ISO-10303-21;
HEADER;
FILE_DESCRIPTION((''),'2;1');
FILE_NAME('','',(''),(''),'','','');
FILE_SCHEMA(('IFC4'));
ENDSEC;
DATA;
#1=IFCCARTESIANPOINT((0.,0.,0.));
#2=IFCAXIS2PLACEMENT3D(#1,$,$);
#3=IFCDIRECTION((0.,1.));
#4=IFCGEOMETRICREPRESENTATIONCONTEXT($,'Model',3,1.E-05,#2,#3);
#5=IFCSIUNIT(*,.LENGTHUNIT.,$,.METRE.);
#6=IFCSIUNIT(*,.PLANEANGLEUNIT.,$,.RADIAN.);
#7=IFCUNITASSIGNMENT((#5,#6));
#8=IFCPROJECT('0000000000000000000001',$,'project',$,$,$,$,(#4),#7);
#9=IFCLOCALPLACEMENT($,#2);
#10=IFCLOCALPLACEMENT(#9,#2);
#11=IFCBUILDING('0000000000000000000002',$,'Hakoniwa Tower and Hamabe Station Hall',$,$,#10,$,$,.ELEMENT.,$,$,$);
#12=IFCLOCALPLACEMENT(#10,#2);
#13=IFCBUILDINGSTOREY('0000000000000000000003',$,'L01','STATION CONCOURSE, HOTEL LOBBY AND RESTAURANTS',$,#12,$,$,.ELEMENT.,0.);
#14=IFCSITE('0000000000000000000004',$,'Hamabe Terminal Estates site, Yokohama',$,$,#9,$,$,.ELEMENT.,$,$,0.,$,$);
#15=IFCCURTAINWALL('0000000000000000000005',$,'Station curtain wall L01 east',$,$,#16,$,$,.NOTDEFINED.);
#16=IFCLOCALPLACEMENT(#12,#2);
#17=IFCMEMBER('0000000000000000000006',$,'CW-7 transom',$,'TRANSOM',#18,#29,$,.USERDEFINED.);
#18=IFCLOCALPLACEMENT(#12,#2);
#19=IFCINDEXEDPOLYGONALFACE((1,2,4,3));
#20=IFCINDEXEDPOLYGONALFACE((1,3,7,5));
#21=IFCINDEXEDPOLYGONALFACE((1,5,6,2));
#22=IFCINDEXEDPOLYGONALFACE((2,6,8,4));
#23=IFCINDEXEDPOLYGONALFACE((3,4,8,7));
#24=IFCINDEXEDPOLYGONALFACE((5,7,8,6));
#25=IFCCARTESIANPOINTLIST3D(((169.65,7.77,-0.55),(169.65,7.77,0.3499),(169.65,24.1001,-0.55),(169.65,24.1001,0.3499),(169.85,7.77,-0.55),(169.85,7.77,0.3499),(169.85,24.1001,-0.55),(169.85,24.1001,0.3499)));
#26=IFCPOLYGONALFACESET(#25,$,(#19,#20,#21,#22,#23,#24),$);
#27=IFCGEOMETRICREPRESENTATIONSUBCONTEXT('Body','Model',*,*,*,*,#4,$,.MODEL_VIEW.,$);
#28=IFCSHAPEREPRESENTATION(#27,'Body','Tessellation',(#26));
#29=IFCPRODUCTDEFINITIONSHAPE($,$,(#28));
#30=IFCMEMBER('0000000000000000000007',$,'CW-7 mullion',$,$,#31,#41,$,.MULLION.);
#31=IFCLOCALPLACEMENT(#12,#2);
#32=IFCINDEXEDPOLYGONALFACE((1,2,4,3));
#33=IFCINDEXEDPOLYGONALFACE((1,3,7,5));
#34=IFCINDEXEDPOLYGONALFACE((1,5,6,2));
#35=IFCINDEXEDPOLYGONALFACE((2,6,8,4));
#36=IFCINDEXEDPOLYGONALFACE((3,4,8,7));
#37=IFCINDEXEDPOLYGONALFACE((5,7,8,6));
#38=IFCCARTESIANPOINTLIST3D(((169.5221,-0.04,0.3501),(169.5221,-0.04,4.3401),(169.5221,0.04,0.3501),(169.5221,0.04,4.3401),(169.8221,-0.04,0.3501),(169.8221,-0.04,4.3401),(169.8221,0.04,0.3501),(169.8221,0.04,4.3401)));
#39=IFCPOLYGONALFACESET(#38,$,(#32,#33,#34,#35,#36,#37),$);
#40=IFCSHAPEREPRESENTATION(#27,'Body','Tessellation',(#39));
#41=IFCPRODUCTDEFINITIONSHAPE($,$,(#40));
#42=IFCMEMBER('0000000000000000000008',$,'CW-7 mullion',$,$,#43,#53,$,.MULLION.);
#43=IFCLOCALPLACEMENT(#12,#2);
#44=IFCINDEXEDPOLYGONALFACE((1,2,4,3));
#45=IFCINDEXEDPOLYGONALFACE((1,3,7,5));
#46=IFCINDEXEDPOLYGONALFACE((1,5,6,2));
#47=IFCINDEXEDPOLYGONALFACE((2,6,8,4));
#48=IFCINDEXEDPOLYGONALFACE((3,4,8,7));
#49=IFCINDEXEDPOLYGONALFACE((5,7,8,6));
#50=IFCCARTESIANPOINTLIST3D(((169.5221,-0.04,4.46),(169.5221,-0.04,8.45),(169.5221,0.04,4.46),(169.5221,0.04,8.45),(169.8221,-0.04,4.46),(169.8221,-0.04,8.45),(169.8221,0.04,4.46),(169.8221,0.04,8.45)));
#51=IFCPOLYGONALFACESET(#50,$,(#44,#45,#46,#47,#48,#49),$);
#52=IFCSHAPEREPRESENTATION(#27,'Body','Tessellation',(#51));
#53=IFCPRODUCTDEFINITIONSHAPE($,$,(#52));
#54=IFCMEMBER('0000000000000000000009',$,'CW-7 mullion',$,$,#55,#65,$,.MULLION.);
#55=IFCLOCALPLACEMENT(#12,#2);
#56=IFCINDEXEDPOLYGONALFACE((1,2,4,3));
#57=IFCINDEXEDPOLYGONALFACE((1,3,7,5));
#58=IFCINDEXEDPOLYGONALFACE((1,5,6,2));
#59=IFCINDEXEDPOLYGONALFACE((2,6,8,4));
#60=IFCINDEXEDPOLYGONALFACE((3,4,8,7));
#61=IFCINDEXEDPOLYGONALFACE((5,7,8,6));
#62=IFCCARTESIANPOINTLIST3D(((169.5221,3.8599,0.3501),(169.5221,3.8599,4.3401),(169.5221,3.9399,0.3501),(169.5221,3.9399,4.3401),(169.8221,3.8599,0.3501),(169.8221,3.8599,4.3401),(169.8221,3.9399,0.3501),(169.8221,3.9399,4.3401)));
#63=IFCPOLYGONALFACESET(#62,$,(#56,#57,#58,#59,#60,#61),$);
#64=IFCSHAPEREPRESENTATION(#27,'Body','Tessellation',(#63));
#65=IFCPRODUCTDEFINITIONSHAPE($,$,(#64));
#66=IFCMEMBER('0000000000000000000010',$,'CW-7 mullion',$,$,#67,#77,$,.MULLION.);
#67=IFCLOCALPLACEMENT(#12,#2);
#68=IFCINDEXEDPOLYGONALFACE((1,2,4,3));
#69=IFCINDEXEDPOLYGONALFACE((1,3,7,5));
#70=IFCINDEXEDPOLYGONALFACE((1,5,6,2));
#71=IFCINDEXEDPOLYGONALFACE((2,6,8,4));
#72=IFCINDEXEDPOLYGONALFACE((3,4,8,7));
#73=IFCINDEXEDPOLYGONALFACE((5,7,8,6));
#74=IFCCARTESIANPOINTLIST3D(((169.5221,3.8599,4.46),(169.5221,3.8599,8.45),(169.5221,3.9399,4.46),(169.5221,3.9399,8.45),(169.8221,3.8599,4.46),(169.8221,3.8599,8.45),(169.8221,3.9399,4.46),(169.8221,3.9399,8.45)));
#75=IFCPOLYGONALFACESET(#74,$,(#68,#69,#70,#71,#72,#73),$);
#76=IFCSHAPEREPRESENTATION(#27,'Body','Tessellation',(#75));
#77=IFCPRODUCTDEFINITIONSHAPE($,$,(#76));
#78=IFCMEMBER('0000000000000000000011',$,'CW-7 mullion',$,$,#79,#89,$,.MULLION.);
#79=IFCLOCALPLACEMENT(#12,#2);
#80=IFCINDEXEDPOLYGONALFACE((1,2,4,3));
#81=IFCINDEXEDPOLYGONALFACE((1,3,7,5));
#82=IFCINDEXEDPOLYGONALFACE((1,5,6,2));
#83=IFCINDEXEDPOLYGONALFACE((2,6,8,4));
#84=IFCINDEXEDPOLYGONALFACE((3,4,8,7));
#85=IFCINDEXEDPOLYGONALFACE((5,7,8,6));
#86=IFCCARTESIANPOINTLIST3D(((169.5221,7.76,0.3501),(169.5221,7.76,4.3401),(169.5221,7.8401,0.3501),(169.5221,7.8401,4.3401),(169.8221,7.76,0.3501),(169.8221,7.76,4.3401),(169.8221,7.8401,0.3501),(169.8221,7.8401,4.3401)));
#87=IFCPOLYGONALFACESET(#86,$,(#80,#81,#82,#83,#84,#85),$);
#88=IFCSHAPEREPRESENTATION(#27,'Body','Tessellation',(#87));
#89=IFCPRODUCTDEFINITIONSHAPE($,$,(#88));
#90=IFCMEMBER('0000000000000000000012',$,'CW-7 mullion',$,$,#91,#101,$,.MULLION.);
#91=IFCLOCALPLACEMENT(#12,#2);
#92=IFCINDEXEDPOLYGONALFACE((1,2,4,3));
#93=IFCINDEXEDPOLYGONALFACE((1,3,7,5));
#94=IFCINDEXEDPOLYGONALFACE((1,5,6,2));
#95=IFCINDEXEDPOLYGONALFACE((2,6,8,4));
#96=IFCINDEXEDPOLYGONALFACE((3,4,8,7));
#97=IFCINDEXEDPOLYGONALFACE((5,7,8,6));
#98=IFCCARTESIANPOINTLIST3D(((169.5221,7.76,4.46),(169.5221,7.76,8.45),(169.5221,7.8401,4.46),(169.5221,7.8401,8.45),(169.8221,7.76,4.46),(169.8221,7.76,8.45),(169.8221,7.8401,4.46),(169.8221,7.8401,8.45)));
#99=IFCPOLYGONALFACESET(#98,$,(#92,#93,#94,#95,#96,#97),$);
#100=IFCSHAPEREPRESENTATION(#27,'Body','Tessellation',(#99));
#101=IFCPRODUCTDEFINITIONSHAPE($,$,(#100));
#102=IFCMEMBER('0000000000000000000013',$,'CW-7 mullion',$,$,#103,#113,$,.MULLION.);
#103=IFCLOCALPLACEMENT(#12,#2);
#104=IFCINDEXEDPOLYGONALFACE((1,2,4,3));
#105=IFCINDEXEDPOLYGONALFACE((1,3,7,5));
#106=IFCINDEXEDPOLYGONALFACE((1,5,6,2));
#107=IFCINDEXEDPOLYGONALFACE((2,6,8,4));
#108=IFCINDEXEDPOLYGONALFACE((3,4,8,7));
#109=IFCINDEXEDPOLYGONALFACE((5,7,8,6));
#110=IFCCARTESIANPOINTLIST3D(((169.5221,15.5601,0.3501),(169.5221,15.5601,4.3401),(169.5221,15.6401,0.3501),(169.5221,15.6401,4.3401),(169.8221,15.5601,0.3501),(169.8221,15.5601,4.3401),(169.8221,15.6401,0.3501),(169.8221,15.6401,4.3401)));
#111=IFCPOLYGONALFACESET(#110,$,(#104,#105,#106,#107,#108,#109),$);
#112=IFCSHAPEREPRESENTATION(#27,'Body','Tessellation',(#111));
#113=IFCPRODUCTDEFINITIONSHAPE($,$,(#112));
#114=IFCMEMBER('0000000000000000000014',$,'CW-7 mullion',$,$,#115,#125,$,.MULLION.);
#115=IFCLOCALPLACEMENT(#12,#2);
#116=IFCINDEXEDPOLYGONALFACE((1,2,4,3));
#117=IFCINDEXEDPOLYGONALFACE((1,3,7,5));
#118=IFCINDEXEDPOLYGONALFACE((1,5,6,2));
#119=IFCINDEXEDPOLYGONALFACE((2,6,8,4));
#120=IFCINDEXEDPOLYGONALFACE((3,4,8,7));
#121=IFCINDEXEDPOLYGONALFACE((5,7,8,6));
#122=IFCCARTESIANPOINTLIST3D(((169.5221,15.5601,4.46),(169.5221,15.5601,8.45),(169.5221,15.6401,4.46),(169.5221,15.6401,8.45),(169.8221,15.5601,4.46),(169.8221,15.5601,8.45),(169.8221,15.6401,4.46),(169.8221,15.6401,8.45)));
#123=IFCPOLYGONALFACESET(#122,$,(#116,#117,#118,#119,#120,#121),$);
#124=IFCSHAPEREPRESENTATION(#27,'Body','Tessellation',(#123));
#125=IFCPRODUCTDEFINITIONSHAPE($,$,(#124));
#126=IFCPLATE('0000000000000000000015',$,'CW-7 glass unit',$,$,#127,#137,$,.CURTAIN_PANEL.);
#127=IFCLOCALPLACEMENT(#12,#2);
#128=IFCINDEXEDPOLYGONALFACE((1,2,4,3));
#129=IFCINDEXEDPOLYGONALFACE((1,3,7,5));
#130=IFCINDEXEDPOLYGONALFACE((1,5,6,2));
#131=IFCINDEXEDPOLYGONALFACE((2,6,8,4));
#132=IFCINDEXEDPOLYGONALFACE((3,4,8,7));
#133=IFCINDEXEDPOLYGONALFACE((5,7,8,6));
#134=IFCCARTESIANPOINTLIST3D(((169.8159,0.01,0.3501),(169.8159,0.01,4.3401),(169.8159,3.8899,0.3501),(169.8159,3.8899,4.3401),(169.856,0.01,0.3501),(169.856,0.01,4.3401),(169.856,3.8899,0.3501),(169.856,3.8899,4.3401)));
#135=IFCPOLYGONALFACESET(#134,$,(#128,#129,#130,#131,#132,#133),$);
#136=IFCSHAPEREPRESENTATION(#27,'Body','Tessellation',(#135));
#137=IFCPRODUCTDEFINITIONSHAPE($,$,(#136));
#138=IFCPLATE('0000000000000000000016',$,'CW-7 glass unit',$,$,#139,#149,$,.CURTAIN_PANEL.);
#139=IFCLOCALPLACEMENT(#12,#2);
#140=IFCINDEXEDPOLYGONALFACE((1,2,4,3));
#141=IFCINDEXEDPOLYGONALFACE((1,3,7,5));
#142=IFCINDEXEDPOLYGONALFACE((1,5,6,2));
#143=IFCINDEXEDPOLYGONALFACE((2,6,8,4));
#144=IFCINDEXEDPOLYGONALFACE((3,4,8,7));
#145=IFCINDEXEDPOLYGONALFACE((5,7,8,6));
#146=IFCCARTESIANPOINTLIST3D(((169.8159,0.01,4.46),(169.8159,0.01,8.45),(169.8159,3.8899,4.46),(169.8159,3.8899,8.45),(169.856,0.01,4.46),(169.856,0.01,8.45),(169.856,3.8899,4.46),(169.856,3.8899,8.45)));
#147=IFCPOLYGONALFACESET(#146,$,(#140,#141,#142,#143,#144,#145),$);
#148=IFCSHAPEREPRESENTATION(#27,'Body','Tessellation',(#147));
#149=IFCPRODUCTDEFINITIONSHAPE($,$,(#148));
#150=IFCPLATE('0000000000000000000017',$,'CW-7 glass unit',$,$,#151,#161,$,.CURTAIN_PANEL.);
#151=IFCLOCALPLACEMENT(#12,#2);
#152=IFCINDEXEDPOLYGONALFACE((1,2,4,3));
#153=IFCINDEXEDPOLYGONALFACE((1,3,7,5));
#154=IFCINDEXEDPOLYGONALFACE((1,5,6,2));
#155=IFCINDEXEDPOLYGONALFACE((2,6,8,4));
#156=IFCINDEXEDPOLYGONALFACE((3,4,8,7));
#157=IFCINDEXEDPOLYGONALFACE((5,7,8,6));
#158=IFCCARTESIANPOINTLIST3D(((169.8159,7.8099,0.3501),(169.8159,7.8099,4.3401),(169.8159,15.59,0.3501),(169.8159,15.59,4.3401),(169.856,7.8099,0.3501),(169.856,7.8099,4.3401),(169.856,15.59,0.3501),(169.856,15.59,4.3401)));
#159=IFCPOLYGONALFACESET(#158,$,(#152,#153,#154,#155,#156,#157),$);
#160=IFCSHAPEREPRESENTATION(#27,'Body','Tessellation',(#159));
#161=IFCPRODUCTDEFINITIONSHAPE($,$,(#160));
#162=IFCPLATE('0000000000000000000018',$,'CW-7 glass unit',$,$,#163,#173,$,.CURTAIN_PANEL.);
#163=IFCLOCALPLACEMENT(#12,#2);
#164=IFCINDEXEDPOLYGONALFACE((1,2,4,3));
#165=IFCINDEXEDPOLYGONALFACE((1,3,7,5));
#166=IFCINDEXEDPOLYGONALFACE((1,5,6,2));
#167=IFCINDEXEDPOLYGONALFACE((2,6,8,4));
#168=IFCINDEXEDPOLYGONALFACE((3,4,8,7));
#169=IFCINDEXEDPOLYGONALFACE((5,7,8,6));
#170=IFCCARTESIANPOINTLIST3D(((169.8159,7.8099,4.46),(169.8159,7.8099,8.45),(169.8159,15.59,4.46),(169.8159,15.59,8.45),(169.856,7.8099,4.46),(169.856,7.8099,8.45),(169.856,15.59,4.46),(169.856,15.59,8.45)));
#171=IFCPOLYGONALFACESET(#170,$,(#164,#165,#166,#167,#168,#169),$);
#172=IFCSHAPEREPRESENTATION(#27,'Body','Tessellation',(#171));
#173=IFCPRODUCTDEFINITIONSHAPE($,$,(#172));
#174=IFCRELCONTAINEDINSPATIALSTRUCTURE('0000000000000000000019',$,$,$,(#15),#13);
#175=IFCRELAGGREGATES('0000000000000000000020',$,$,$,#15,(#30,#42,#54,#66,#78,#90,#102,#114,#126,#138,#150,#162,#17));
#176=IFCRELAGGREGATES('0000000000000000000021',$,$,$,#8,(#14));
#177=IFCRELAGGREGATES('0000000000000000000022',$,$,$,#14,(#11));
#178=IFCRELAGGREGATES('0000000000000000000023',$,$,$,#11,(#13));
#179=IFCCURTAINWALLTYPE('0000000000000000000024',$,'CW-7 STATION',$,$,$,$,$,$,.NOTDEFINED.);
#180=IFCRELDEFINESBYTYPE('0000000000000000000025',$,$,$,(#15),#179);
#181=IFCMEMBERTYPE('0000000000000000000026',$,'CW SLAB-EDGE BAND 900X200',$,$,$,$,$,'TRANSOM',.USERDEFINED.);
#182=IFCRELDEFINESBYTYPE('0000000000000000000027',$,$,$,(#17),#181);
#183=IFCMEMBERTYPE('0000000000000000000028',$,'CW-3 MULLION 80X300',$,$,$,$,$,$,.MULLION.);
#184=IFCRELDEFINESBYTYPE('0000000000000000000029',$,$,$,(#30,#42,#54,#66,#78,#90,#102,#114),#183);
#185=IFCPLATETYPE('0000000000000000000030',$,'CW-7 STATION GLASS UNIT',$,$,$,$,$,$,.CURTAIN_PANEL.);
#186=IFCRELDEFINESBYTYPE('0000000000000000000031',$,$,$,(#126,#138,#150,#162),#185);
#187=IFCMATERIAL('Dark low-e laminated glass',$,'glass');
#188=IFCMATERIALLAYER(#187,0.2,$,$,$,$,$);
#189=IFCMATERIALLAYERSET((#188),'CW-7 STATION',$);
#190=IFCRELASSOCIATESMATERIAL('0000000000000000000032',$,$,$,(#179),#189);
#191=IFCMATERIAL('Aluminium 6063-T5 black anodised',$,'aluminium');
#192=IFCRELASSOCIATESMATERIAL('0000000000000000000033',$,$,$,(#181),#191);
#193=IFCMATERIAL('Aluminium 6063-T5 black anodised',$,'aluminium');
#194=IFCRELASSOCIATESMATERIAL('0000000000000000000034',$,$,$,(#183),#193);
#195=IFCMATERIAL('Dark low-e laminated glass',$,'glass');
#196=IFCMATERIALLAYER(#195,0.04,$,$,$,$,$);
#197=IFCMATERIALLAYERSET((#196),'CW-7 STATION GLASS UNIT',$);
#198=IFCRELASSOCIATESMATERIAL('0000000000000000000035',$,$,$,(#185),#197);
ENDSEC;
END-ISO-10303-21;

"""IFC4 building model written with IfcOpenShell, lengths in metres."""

from ifc_helpers import new_model, si_unit, direction, frame, origin, origin_2d, place, context, subcontext, project, spatial, rectangle, extrude, material, layer, layer_set, material_profile, profile_set, type_object, element, aggregate, save


model = new_model("IFC4")

# Units and contexts
model_context = context("Model", 3, precision=1e-05, world=origin(), true_north=direction((0.0, 1.0)))
body_context = subcontext(model_context, "Body", "Model", "MODEL_VIEW")
ifc_project = project(units=[si_unit("LENGTHUNIT", "METRE"), si_unit("PLANEANGLEUNIT", "RADIAN")], contexts=[model_context])

# Site, building, storey
site_placement = place(None, origin())
site = spatial("IfcSite", under=ifc_project, at=site_placement, Name="Hamabe Terminal Estates site, Yokohama", CompositionType="ELEMENT", RefElevation=0.0)
building_placement = place(site_placement, origin())
building = spatial("IfcBuilding", under=site, at=building_placement, Name="Hakoniwa Tower and Hamabe Station Hall", CompositionType="ELEMENT")
storey_placement = place(building_placement, origin())
storey = spatial("IfcBuildingStorey", under=building, at=storey_placement, Name="L01", Description="STATION CONCOURSE, HOTEL LOBBY AND RESTAURANTS", CompositionType="ELEMENT", Elevation=0.0)

# Curtain wall, members, plates
ifc_material_1 = material(Name="Dark low-e laminated glass", Category="glass")
ifc_layer_1 = layer(ifc_material_1, 0.2)
ifc_layer_set_1 = layer_set([ifc_layer_1], Name="CW-7 STATION")
curtain_wall_type = type_object("IfcCurtainWallType", Name="CW-7 STATION", PredefinedType="NOTDEFINED", material=ifc_layer_set_1)
curtain_wall_placement = place(storey_placement, origin())
curtain_wall = element("IfcCurtainWall", 1, at=curtain_wall_placement, inside=storey, type_object=curtain_wall_type, Name="Station curtain wall L01 east", PredefinedType="NOTDEFINED")
ifc_material_2 = material(Name="Aluminium 6063-T5 black anodised", Category="aluminium")
ifc_material_profile_1 = material_profile(ifc_material_2, rectangle(XDim=0.2, YDim=0.8999, at=origin_2d()), Name="CW SLAB-EDGE BAND 900X200")
ifc_profile_set_1 = profile_set([ifc_material_profile_1], Name="Aluminium 6063-T5 black anodised")
member_type_1 = type_object("IfcMemberType", Name="CW SLAB-EDGE BAND 900X200", ElementType="TRANSOM", PredefinedType="USERDEFINED", material=ifc_profile_set_1)
member_1_placement = place(storey_placement, frame((169.75, 7.77, -0.1001), z_axis=(0.0, 1.0, 0.0), x_axis=(-1.0, 0.0, 0.0)))
member_1 = element("IfcMember", 2, at=member_1_placement, type_object=member_type_1, Name="CW-7 transom", ObjectType="TRANSOM", PredefinedType="USERDEFINED", context=body_context, shape_type="SweptSolid", body=[
    extrude(rectangle(XDim=0.2, YDim=0.8999, at=origin_2d()), origin(), (0.0, 0.0, 1.0), 16.3301),
])
ifc_material_3 = material(Name="Aluminium 6063-T5 black anodised", Category="aluminium")
ifc_material_profile_2 = material_profile(ifc_material_3, rectangle(XDim=0.0801, YDim=0.3, at=origin_2d()), Name="CW-3 MULLION 80X300")
ifc_profile_set_2 = profile_set([ifc_material_profile_2], Name="Aluminium 6063-T5 black anodised")
member_type_2 = type_object("IfcMemberType", Name="CW-3 MULLION 80X300", PredefinedType="MULLION", material=ifc_profile_set_2)
member_2_placement = place(storey_placement, frame((169.6721, 0.0, 0.3501), z_axis=(0.0, 0.0, 1.0), x_axis=(0.0, 1.0, 0.0)))
member_2 = element("IfcMember", 3, at=member_2_placement, type_object=member_type_2, Name="CW-7 mullion", PredefinedType="MULLION", context=body_context, shape_type="SweptSolid", body=[
    extrude(rectangle(XDim=0.0801, YDim=0.3, at=origin_2d()), origin(), (0.0, 0.0, 1.0), 3.99),
])
member_3_placement = place(storey_placement, frame((169.6721, 0.0, 4.46), z_axis=(0.0, 0.0, 1.0), x_axis=(0.0, 1.0, 0.0)))
member_3 = element("IfcMember", 4, at=member_3_placement, type_object=member_type_2, Name="CW-7 mullion", PredefinedType="MULLION", context=body_context, shape_type="SweptSolid", body=[
    extrude(rectangle(XDim=0.0801, YDim=0.3, at=origin_2d()), origin(), (0.0, 0.0, 1.0), 3.99),
])
member_4_placement = place(storey_placement, frame((169.6721, 3.8999, 0.3501), z_axis=(0.0, 0.0, 1.0), x_axis=(0.0, 1.0, 0.0)))
member_4 = element("IfcMember", 5, at=member_4_placement, type_object=member_type_2, Name="CW-7 mullion", PredefinedType="MULLION", context=body_context, shape_type="SweptSolid", body=[
    extrude(rectangle(XDim=0.0801, YDim=0.3, at=origin_2d()), origin(), (0.0, 0.0, 1.0), 3.99),
])
member_5_placement = place(storey_placement, frame((169.6721, 3.8999, 4.46), z_axis=(0.0, 0.0, 1.0), x_axis=(0.0, 1.0, 0.0)))
member_5 = element("IfcMember", 6, at=member_5_placement, type_object=member_type_2, Name="CW-7 mullion", PredefinedType="MULLION", context=body_context, shape_type="SweptSolid", body=[
    extrude(rectangle(XDim=0.0801, YDim=0.3, at=origin_2d()), origin(), (0.0, 0.0, 1.0), 3.99),
])
member_6_placement = place(storey_placement, frame((169.6721, 7.8, 0.3501), z_axis=(0.0, 0.0, 1.0), x_axis=(0.0, 1.0, 0.0)))
member_6 = element("IfcMember", 7, at=member_6_placement, type_object=member_type_2, Name="CW-7 mullion", PredefinedType="MULLION", context=body_context, shape_type="SweptSolid", body=[
    extrude(rectangle(XDim=0.0801, YDim=0.3, at=origin_2d()), origin(), (0.0, 0.0, 1.0), 3.99),
])
member_7_placement = place(storey_placement, frame((169.6721, 7.8, 4.46), z_axis=(0.0, 0.0, 1.0), x_axis=(0.0, 1.0, 0.0)))
member_7 = element("IfcMember", 8, at=member_7_placement, type_object=member_type_2, Name="CW-7 mullion", PredefinedType="MULLION", context=body_context, shape_type="SweptSolid", body=[
    extrude(rectangle(XDim=0.0801, YDim=0.3, at=origin_2d()), origin(), (0.0, 0.0, 1.0), 3.99),
])
member_8_placement = place(storey_placement, frame((169.6721, 15.6001, 0.3501), z_axis=(0.0, 0.0, 1.0), x_axis=(0.0, 1.0, 0.0)))
member_8 = element("IfcMember", 9, at=member_8_placement, type_object=member_type_2, Name="CW-7 mullion", PredefinedType="MULLION", context=body_context, shape_type="SweptSolid", body=[
    extrude(rectangle(XDim=0.0801, YDim=0.3, at=origin_2d()), origin(), (0.0, 0.0, 1.0), 3.99),
])
member_9_placement = place(storey_placement, frame((169.6721, 15.6001, 4.46), z_axis=(0.0, 0.0, 1.0), x_axis=(0.0, 1.0, 0.0)))
member_9 = element("IfcMember", 10, at=member_9_placement, type_object=member_type_2, Name="CW-7 mullion", PredefinedType="MULLION", context=body_context, shape_type="SweptSolid", body=[
    extrude(rectangle(XDim=0.0801, YDim=0.3, at=origin_2d()), origin(), (0.0, 0.0, 1.0), 3.99),
])
ifc_material_4 = material(Name="Dark low-e laminated glass", Category="glass")
ifc_layer_2 = layer(ifc_material_4, 0.04)
ifc_layer_set_2 = layer_set([ifc_layer_2], Name="CW-7 STATION GLASS UNIT")
plate_type = type_object("IfcPlateType", Name="CW-7 STATION GLASS UNIT", PredefinedType="CURTAIN_PANEL", material=ifc_layer_set_2)
plate_1_placement = place(storey_placement, frame((169.8359, 1.95, 0.3501), z_axis=(0.0, 0.0, 1.0), x_axis=(0.0, 1.0, 0.0)))
plate_1 = element("IfcPlate", 11, at=plate_1_placement, type_object=plate_type, Name="CW-7 glass unit", PredefinedType="CURTAIN_PANEL", context=body_context, shape_type="SweptSolid", body=[
    extrude(rectangle(XDim=3.8799, YDim=0.04, at=origin_2d()), origin(), (0.0, 0.0, 1.0), 3.99),
])
plate_2_placement = place(storey_placement, frame((169.8359, 1.95, 4.46), z_axis=(0.0, 0.0, 1.0), x_axis=(0.0, 1.0, 0.0)))
plate_2 = element("IfcPlate", 12, at=plate_2_placement, type_object=plate_type, Name="CW-7 glass unit", PredefinedType="CURTAIN_PANEL", context=body_context, shape_type="SweptSolid", body=[
    extrude(rectangle(XDim=3.8799, YDim=0.04, at=origin_2d()), origin(), (0.0, 0.0, 1.0), 3.99),
])
plate_3_placement = place(storey_placement, frame((169.8359, 11.7, 0.3501), z_axis=(0.0, 0.0, 1.0), x_axis=(0.0, 1.0, 0.0)))
plate_3 = element("IfcPlate", 13, at=plate_3_placement, type_object=plate_type, Name="CW-7 glass unit", PredefinedType="CURTAIN_PANEL", context=body_context, shape_type="SweptSolid", body=[
    extrude(rectangle(XDim=7.78, YDim=0.04, at=origin_2d()), origin(), (0.0, 0.0, 1.0), 3.99),
])
plate_4_placement = place(storey_placement, frame((169.8359, 11.7, 4.46), z_axis=(0.0, 0.0, 1.0), x_axis=(0.0, 1.0, 0.0)))
plate_4 = element("IfcPlate", 14, at=plate_4_placement, type_object=plate_type, Name="CW-7 glass unit", PredefinedType="CURTAIN_PANEL", context=body_context, shape_type="SweptSolid", body=[
    extrude(rectangle(XDim=7.78, YDim=0.04, at=origin_2d()), origin(), (0.0, 0.0, 1.0), 3.99),
])
aggregate(curtain_wall, [member_2, member_3, member_4, member_5, member_6, member_7, member_8, member_9, plate_1, plate_2, plate_3, plate_4, member_1])

save(model, "model.ifc")
